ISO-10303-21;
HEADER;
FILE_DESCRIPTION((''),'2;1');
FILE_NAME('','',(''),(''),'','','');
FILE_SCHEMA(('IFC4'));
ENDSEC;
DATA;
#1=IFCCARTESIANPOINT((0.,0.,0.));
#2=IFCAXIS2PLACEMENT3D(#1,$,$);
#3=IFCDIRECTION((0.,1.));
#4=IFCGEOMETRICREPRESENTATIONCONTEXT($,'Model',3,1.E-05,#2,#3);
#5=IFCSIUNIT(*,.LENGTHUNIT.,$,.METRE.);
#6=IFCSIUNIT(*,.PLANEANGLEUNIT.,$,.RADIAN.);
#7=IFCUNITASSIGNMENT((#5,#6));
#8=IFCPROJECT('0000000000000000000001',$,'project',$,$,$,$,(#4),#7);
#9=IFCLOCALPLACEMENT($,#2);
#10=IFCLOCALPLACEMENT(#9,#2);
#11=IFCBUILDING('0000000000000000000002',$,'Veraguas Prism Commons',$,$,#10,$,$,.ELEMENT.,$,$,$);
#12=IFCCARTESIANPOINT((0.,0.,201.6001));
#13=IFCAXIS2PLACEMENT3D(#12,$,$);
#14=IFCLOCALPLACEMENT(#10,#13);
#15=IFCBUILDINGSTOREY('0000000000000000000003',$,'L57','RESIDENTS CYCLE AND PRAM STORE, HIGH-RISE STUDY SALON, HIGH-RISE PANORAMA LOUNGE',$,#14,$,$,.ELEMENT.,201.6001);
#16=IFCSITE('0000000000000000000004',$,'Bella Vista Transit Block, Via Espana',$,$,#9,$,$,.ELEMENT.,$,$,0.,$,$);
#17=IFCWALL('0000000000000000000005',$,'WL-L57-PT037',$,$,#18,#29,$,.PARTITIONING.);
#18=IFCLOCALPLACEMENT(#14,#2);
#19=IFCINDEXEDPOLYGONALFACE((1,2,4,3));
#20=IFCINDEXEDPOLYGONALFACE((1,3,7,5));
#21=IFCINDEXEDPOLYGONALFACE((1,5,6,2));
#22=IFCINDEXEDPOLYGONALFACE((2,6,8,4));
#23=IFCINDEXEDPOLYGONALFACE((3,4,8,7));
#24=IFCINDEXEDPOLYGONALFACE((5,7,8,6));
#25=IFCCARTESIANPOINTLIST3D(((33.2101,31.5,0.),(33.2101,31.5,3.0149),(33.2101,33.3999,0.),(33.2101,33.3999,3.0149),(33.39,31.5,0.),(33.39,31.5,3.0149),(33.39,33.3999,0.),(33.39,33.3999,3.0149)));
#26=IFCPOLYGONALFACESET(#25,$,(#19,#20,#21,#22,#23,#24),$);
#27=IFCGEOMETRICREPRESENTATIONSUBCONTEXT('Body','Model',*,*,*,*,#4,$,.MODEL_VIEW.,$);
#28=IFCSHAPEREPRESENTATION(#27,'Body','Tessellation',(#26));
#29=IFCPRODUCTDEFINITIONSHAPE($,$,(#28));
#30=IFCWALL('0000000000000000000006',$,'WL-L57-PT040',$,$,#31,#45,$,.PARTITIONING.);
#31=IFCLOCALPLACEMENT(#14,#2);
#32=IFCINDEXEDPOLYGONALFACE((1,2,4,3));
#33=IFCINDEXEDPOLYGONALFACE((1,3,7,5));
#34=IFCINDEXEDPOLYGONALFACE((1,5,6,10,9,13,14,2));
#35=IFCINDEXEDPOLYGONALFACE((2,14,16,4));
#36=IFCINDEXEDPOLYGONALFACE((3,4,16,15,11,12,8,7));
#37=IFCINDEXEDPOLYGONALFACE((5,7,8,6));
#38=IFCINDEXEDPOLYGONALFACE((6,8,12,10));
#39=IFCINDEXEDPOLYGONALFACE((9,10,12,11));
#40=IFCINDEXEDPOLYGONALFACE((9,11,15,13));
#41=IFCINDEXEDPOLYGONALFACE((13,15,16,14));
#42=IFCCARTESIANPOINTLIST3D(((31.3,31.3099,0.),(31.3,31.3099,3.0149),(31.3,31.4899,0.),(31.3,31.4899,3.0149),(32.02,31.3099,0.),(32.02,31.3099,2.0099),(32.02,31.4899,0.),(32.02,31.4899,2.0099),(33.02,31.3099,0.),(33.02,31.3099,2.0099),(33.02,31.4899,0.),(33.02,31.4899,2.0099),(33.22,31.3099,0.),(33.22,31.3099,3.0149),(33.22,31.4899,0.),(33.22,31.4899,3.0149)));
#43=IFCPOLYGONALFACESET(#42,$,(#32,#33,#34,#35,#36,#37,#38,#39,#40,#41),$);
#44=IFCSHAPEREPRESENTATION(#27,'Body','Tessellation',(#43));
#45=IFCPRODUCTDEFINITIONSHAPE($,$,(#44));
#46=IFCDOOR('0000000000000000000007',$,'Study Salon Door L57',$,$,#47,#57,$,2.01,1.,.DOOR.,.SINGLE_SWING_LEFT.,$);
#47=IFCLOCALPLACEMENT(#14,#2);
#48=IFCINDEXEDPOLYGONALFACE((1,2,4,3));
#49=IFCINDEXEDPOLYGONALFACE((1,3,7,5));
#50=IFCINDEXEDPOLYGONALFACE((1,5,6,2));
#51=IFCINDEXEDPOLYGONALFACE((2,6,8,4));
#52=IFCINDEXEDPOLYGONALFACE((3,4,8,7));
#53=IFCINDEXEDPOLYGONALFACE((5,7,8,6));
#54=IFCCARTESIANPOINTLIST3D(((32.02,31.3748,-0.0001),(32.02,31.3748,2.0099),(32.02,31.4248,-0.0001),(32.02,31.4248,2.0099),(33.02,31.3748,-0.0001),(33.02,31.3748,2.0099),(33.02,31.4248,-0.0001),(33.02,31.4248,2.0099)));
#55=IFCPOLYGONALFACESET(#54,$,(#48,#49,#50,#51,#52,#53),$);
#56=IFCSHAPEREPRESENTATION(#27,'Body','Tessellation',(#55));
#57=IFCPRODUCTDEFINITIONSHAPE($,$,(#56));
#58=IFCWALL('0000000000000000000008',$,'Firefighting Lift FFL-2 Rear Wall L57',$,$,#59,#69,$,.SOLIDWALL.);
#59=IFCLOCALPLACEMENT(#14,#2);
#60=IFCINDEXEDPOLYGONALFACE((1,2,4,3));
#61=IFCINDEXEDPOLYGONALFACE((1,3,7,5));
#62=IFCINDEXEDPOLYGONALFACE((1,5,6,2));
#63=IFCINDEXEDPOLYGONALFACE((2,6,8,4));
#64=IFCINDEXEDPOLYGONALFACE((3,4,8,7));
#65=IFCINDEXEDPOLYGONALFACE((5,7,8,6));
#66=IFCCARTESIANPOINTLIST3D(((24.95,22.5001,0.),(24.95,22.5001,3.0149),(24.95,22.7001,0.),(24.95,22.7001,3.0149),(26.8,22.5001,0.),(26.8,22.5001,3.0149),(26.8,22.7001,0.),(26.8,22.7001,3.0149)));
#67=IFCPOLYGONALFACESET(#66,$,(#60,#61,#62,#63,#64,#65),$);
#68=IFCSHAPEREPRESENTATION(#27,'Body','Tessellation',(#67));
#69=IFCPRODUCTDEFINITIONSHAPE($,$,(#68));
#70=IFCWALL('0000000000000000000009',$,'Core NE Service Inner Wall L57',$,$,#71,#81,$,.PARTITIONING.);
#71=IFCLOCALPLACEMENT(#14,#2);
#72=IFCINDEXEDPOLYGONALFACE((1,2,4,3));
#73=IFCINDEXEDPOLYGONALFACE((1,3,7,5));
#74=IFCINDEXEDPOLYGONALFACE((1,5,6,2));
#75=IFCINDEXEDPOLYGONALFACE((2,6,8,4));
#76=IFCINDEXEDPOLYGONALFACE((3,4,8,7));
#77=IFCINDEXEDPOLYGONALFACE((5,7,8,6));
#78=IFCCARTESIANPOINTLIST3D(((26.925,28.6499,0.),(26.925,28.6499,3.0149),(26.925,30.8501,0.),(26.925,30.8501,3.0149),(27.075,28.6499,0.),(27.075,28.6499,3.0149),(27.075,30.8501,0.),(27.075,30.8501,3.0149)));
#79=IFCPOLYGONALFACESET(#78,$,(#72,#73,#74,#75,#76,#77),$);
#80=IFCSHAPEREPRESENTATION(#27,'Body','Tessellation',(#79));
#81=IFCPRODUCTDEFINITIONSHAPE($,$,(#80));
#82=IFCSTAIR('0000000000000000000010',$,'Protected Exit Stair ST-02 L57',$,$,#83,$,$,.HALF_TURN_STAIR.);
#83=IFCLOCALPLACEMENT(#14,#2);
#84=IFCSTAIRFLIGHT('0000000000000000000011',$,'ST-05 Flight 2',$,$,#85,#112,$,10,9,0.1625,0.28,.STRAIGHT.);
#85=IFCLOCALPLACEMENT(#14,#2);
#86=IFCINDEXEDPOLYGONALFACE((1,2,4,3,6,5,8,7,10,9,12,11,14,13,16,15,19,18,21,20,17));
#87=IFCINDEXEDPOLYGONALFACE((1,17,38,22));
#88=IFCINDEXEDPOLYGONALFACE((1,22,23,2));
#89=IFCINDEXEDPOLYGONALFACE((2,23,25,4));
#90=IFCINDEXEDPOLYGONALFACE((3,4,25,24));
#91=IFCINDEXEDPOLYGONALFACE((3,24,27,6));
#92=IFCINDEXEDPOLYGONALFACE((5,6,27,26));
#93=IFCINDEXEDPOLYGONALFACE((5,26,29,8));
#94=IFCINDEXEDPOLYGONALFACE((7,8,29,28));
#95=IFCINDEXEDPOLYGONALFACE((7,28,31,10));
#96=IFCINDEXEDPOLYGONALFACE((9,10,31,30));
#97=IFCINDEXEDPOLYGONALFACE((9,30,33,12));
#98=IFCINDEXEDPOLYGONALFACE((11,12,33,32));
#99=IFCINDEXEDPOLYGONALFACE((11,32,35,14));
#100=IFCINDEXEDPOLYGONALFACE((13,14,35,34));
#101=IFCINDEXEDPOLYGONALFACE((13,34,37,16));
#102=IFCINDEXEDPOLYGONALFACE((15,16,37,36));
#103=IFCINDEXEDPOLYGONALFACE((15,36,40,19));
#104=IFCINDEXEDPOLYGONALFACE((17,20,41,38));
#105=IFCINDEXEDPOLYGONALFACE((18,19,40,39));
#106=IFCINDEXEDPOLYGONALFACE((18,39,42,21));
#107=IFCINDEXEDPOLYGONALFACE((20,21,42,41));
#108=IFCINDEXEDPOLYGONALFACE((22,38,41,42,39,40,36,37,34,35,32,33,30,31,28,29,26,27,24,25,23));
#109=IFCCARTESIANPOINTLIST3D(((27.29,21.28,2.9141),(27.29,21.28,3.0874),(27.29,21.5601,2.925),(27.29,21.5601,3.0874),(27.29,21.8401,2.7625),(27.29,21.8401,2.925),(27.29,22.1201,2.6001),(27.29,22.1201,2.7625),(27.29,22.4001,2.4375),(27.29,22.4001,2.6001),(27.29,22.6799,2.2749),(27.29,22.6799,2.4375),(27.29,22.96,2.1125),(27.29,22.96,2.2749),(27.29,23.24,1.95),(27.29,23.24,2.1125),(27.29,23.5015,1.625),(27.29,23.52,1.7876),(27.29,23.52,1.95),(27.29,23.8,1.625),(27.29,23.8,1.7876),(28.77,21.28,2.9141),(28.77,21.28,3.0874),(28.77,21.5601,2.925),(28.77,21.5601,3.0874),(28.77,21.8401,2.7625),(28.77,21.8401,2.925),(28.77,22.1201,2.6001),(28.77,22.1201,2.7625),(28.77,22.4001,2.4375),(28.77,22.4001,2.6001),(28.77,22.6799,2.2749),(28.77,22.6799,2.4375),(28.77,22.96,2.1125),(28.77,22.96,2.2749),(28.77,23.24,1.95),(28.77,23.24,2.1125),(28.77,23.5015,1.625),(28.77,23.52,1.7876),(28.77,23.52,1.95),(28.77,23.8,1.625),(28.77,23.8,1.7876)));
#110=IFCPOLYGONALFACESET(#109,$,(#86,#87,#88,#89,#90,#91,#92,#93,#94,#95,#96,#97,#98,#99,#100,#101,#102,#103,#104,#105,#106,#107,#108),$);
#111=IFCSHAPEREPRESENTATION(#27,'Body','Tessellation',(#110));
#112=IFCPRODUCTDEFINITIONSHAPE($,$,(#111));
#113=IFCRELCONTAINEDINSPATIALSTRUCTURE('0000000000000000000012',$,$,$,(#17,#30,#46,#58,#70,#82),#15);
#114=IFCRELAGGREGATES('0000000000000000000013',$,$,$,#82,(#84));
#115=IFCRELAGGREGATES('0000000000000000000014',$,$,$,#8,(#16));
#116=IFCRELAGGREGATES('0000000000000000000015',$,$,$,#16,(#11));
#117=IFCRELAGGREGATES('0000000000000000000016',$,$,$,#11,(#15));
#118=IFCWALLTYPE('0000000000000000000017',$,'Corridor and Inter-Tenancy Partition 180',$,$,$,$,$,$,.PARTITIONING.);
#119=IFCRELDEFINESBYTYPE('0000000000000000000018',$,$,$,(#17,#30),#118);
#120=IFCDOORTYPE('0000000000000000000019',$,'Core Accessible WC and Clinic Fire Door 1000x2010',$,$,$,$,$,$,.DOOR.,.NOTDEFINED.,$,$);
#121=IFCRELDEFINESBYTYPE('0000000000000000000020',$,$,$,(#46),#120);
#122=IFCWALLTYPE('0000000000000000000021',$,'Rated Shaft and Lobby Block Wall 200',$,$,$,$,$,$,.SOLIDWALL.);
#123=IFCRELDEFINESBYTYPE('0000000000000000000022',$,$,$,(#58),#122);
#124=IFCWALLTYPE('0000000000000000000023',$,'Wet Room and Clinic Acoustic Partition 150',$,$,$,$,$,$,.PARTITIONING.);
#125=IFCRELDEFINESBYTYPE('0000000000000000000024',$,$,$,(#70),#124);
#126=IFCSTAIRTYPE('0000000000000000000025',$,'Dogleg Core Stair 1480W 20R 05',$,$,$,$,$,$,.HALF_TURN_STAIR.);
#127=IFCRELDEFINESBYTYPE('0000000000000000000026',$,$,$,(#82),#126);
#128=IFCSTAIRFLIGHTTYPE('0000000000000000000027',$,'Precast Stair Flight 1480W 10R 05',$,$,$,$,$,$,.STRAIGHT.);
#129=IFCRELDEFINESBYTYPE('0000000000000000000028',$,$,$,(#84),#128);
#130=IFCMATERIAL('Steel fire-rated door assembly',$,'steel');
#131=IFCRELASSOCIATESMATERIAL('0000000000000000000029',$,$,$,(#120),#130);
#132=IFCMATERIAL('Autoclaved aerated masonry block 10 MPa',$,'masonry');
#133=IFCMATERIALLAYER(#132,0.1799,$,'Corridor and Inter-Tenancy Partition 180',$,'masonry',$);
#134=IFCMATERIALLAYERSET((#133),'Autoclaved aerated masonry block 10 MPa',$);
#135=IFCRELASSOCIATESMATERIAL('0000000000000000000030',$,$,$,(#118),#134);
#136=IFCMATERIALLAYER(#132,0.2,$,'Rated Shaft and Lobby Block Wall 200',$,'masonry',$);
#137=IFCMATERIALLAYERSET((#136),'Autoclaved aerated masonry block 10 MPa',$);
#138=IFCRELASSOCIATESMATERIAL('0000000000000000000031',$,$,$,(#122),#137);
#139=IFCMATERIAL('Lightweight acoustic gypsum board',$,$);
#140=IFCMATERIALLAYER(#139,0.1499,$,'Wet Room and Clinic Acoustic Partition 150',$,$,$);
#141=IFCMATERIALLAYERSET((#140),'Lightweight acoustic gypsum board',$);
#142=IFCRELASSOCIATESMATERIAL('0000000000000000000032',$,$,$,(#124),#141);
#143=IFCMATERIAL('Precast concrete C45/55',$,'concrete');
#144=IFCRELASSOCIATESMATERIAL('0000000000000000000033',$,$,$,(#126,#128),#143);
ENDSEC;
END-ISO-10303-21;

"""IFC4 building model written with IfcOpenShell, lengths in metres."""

from ifc_helpers import new_model, si_unit, direction, frame, frame_2d, origin, place, context, subcontext, project, spatial, polyline, rectangle, outline, extrude, source, transform, mapped, material, layer, layer_set, type_object, element, fill, aggregate, save


model = new_model("IFC4")

# Units and contexts
model_context = context("Model", 3, precision=1e-05, world=origin(), true_north=direction((0.0, 1.0)))
body_context = subcontext(model_context, "Body", "Model", "MODEL_VIEW")
ifc_project = project(units=[si_unit("LENGTHUNIT", "METRE"), si_unit("PLANEANGLEUNIT", "RADIAN")], contexts=[model_context])

# Site, building, storey
site_placement = place(None, origin())
site = spatial("IfcSite", under=ifc_project, at=site_placement, Name="Bella Vista Transit Block, Via Espana", CompositionType="ELEMENT", RefElevation=0.0)
building_placement = place(site_placement, origin())
building = spatial("IfcBuilding", under=site, at=building_placement, Name="Veraguas Prism Commons", CompositionType="ELEMENT")
storey_placement = place(building_placement, frame((0.0, 0.0, 201.6001)))
storey = spatial("IfcBuildingStorey", under=building, at=storey_placement, Name="L57", Description="RESIDENTS CYCLE AND PRAM STORE, HIGH-RISE STUDY SALON, HIGH-RISE PANORAMA LOUNGE", CompositionType="ELEMENT", Elevation=201.6001)

# Shared definitions
ifc_material_1 = material(Name="Steel fire-rated door assembly", Category="steel")
door_type_1 = type_object("IfcDoorType", Name="Core Accessible WC and Clinic Fire Door 1000x2010", OperationType="NOTDEFINED", PredefinedType="DOOR", material=ifc_material_1)
shared_shape_1 = source(origin(), body_context, "Body", "SweptSolid", [
    extrude(rectangle(XDim=1.0, YDim=2.01, at=frame_2d((0.5, 1.0049))), frame((0.0, 0.0249, 0.0), z_axis=(0.0, -1.0, 0.0), x_axis=(1.0, 0.0, 0.0)), (0.0, 0.0, 1.0), 0.05),
])
ifc_material_2 = material(Name="Autoclaved aerated masonry block 10 MPa", Category="masonry")
ifc_layer_1 = layer(ifc_material_2, 0.1799, Name="Corridor and Inter-Tenancy Partition 180", Category="masonry")
ifc_layer_set_1 = layer_set([ifc_layer_1], Name="Autoclaved aerated masonry block 10 MPa")
wall_type_1 = type_object("IfcWallType", Name="Corridor and Inter-Tenancy Partition 180", PredefinedType="PARTITIONING", material=ifc_layer_set_1)

# Wall
wall_1_placement = place(storey_placement, frame((33.3, 31.5, 0.0), z_axis=(0.0, 0.0, 1.0), x_axis=(0.0, 1.0, 0.0)))
element("IfcWall", 1, at=wall_1_placement, inside=storey, type_object=wall_type_1, Name="WL-L57-PT037", PredefinedType="PARTITIONING", context=body_context, shape_type="SweptSolid", body=[
    extrude(rectangle(XDim=1.8999, YDim=0.1799, at=frame_2d((0.95, 0.0))), origin(), (0.0, 0.0, 1.0), 3.0149),
])

# Wall, opening, door
wall_2_placement = place(storey_placement, frame((31.3, 31.3999, 0.0), z_axis=(0.0, 0.0, 1.0), x_axis=(1.0, 0.0, 0.0)))
wall_2 = element("IfcWall", 2, at=wall_2_placement, inside=storey, type_object=wall_type_1, Name="WL-L57-PT040", PredefinedType="PARTITIONING", context=body_context, shape_type="SweptSolid", body=[
    extrude(rectangle(XDim=1.9199, YDim=0.1799, at=frame_2d((0.96, 0.0))), origin(), (0.0, 0.0, 1.0), 3.0149),
])
opening_1_placement = place(wall_2_placement, frame((0.72, 0.0, 0.0)))
opening_1 = element("IfcOpeningElement", 3, at=opening_1_placement, cuts=wall_2, PredefinedType="OPENING", context=body_context, shape_type="SweptSolid", body=[
    extrude(rectangle(XDim=1.0, YDim=2.01, at=frame_2d((0.5, 1.0049))), frame((0.0, 0.0999, 0.0), z_axis=(0.0, -1.0, 0.0), x_axis=(1.0, 0.0, 0.0)), (0.0, 0.0, 1.0), 0.2),
])
door_1_placement = place(opening_1_placement, origin())
door_1 = element("IfcDoor", 4, at=door_1_placement, inside=storey, type_object=door_type_1, Name="Study Salon Door L57", OperationType="SINGLE_SWING_LEFT", OverallHeight=2.01, OverallWidth=1.0, PredefinedType="DOOR", context=body_context, shape_type="MappedRepresentation", body=[
    mapped(shared_shape_1, transform((0.0, 0.0, 0.0), scale=1.0)),
])
fill(opening_1, door_1)

# Walls
ifc_layer_2 = layer(ifc_material_2, 0.2, Name="Rated Shaft and Lobby Block Wall 200", Category="masonry")
ifc_layer_set_2 = layer_set([ifc_layer_2], Name="Autoclaved aerated masonry block 10 MPa")
wall_type_2 = type_object("IfcWallType", Name="Rated Shaft and Lobby Block Wall 200", PredefinedType="SOLIDWALL", material=ifc_layer_set_2)
wall_3_placement = place(storey_placement, frame((24.95, 22.6001, 0.0), z_axis=(0.0, 0.0, 1.0), x_axis=(1.0, 0.0, 0.0)))
element("IfcWall", 5, at=wall_3_placement, inside=storey, type_object=wall_type_2, Name="Firefighting Lift FFL-2 Rear Wall L57", PredefinedType="SOLIDWALL", context=body_context, shape_type="SweptSolid", body=[
    extrude(rectangle(XDim=1.8501, YDim=0.2, at=frame_2d((0.925, 0.0))), origin(), (0.0, 0.0, 1.0), 3.0149),
])
ifc_material_3 = material(Name="Lightweight acoustic gypsum board")
ifc_layer_3 = layer(ifc_material_3, 0.1499, Name="Wet Room and Clinic Acoustic Partition 150")
ifc_layer_set_3 = layer_set([ifc_layer_3], Name="Lightweight acoustic gypsum board")
wall_type_3 = type_object("IfcWallType", Name="Wet Room and Clinic Acoustic Partition 150", PredefinedType="PARTITIONING", material=ifc_layer_set_3)
wall_4_placement = place(storey_placement, frame((27.0, 28.6499, 0.0), z_axis=(0.0, 0.0, 1.0), x_axis=(0.0, 1.0, 0.0)))
element("IfcWall", 6, at=wall_4_placement, inside=storey, type_object=wall_type_3, Name="Core NE Service Inner Wall L57", PredefinedType="PARTITIONING", context=body_context, shape_type="SweptSolid", body=[
    extrude(rectangle(XDim=2.2002, YDim=0.1499, at=frame_2d((1.1001, 0.0))), origin(), (0.0, 0.0, 1.0), 3.0149),
])

# Stair, stair flight
ifc_material_4 = material(Name="Precast concrete C45/55", Category="concrete")
stair_type = type_object("IfcStairType", Name="Dogleg Core Stair 1480W 20R 05", PredefinedType="HALF_TURN_STAIR", material=ifc_material_4)
stair_placement = place(storey_placement, origin())
stair = element("IfcStair", 7, at=stair_placement, inside=storey, type_object=stair_type, Name="Protected Exit Stair ST-02 L57", PredefinedType="HALF_TURN_STAIR")
stair_flight_type = type_object("IfcStairFlightType", Name="Precast Stair Flight 1480W 10R 05", PredefinedType="STRAIGHT", material=ifc_material_4)
stair_flight_placement = place(storey_placement, frame((28.03, 23.8, 1.625), z_axis=(0.0, 0.0, 1.0), x_axis=(0.0, -1.0, 0.0)))
stair_flight = element("IfcStairFlight", 8, at=stair_flight_placement, type_object=stair_flight_type, Name="ST-05 Flight 2", NumberOfRisers=10, NumberOfTreads=9, PredefinedType="STRAIGHT", RiserHeight=0.1625, TreadLength=0.28, context=body_context, shape_type="SweptSolid", body=[
    extrude(outline(polyline([(0.0, 0.0), (0.0, 0.1626), (0.28, 0.1626), (0.28, 0.325), (0.5601, 0.325), (0.5601, 0.4875), (0.8401, 0.4875), (0.8401, 0.6499), (1.1201, 0.6499), (1.1201, 0.8125), (1.3999, 0.8125), (1.3999, 0.9751), (1.6799, 0.9751), (1.6799, 1.1375), (1.96, 1.1375), (1.96, 1.3), (2.24, 1.3), (2.24, 1.4624), (2.52, 1.4624), (2.52, 1.625), (2.52, 1.2891), (0.2986, 0.0), (0.0, 0.0)])), frame((0.0, 0.74, 0.0), z_axis=(0.0, -1.0, 0.0), x_axis=(1.0, 0.0, 0.0)), (0.0, 0.0, 1.0), 1.48),
])
aggregate(stair, [stair_flight])

save(model, "model.ifc")
